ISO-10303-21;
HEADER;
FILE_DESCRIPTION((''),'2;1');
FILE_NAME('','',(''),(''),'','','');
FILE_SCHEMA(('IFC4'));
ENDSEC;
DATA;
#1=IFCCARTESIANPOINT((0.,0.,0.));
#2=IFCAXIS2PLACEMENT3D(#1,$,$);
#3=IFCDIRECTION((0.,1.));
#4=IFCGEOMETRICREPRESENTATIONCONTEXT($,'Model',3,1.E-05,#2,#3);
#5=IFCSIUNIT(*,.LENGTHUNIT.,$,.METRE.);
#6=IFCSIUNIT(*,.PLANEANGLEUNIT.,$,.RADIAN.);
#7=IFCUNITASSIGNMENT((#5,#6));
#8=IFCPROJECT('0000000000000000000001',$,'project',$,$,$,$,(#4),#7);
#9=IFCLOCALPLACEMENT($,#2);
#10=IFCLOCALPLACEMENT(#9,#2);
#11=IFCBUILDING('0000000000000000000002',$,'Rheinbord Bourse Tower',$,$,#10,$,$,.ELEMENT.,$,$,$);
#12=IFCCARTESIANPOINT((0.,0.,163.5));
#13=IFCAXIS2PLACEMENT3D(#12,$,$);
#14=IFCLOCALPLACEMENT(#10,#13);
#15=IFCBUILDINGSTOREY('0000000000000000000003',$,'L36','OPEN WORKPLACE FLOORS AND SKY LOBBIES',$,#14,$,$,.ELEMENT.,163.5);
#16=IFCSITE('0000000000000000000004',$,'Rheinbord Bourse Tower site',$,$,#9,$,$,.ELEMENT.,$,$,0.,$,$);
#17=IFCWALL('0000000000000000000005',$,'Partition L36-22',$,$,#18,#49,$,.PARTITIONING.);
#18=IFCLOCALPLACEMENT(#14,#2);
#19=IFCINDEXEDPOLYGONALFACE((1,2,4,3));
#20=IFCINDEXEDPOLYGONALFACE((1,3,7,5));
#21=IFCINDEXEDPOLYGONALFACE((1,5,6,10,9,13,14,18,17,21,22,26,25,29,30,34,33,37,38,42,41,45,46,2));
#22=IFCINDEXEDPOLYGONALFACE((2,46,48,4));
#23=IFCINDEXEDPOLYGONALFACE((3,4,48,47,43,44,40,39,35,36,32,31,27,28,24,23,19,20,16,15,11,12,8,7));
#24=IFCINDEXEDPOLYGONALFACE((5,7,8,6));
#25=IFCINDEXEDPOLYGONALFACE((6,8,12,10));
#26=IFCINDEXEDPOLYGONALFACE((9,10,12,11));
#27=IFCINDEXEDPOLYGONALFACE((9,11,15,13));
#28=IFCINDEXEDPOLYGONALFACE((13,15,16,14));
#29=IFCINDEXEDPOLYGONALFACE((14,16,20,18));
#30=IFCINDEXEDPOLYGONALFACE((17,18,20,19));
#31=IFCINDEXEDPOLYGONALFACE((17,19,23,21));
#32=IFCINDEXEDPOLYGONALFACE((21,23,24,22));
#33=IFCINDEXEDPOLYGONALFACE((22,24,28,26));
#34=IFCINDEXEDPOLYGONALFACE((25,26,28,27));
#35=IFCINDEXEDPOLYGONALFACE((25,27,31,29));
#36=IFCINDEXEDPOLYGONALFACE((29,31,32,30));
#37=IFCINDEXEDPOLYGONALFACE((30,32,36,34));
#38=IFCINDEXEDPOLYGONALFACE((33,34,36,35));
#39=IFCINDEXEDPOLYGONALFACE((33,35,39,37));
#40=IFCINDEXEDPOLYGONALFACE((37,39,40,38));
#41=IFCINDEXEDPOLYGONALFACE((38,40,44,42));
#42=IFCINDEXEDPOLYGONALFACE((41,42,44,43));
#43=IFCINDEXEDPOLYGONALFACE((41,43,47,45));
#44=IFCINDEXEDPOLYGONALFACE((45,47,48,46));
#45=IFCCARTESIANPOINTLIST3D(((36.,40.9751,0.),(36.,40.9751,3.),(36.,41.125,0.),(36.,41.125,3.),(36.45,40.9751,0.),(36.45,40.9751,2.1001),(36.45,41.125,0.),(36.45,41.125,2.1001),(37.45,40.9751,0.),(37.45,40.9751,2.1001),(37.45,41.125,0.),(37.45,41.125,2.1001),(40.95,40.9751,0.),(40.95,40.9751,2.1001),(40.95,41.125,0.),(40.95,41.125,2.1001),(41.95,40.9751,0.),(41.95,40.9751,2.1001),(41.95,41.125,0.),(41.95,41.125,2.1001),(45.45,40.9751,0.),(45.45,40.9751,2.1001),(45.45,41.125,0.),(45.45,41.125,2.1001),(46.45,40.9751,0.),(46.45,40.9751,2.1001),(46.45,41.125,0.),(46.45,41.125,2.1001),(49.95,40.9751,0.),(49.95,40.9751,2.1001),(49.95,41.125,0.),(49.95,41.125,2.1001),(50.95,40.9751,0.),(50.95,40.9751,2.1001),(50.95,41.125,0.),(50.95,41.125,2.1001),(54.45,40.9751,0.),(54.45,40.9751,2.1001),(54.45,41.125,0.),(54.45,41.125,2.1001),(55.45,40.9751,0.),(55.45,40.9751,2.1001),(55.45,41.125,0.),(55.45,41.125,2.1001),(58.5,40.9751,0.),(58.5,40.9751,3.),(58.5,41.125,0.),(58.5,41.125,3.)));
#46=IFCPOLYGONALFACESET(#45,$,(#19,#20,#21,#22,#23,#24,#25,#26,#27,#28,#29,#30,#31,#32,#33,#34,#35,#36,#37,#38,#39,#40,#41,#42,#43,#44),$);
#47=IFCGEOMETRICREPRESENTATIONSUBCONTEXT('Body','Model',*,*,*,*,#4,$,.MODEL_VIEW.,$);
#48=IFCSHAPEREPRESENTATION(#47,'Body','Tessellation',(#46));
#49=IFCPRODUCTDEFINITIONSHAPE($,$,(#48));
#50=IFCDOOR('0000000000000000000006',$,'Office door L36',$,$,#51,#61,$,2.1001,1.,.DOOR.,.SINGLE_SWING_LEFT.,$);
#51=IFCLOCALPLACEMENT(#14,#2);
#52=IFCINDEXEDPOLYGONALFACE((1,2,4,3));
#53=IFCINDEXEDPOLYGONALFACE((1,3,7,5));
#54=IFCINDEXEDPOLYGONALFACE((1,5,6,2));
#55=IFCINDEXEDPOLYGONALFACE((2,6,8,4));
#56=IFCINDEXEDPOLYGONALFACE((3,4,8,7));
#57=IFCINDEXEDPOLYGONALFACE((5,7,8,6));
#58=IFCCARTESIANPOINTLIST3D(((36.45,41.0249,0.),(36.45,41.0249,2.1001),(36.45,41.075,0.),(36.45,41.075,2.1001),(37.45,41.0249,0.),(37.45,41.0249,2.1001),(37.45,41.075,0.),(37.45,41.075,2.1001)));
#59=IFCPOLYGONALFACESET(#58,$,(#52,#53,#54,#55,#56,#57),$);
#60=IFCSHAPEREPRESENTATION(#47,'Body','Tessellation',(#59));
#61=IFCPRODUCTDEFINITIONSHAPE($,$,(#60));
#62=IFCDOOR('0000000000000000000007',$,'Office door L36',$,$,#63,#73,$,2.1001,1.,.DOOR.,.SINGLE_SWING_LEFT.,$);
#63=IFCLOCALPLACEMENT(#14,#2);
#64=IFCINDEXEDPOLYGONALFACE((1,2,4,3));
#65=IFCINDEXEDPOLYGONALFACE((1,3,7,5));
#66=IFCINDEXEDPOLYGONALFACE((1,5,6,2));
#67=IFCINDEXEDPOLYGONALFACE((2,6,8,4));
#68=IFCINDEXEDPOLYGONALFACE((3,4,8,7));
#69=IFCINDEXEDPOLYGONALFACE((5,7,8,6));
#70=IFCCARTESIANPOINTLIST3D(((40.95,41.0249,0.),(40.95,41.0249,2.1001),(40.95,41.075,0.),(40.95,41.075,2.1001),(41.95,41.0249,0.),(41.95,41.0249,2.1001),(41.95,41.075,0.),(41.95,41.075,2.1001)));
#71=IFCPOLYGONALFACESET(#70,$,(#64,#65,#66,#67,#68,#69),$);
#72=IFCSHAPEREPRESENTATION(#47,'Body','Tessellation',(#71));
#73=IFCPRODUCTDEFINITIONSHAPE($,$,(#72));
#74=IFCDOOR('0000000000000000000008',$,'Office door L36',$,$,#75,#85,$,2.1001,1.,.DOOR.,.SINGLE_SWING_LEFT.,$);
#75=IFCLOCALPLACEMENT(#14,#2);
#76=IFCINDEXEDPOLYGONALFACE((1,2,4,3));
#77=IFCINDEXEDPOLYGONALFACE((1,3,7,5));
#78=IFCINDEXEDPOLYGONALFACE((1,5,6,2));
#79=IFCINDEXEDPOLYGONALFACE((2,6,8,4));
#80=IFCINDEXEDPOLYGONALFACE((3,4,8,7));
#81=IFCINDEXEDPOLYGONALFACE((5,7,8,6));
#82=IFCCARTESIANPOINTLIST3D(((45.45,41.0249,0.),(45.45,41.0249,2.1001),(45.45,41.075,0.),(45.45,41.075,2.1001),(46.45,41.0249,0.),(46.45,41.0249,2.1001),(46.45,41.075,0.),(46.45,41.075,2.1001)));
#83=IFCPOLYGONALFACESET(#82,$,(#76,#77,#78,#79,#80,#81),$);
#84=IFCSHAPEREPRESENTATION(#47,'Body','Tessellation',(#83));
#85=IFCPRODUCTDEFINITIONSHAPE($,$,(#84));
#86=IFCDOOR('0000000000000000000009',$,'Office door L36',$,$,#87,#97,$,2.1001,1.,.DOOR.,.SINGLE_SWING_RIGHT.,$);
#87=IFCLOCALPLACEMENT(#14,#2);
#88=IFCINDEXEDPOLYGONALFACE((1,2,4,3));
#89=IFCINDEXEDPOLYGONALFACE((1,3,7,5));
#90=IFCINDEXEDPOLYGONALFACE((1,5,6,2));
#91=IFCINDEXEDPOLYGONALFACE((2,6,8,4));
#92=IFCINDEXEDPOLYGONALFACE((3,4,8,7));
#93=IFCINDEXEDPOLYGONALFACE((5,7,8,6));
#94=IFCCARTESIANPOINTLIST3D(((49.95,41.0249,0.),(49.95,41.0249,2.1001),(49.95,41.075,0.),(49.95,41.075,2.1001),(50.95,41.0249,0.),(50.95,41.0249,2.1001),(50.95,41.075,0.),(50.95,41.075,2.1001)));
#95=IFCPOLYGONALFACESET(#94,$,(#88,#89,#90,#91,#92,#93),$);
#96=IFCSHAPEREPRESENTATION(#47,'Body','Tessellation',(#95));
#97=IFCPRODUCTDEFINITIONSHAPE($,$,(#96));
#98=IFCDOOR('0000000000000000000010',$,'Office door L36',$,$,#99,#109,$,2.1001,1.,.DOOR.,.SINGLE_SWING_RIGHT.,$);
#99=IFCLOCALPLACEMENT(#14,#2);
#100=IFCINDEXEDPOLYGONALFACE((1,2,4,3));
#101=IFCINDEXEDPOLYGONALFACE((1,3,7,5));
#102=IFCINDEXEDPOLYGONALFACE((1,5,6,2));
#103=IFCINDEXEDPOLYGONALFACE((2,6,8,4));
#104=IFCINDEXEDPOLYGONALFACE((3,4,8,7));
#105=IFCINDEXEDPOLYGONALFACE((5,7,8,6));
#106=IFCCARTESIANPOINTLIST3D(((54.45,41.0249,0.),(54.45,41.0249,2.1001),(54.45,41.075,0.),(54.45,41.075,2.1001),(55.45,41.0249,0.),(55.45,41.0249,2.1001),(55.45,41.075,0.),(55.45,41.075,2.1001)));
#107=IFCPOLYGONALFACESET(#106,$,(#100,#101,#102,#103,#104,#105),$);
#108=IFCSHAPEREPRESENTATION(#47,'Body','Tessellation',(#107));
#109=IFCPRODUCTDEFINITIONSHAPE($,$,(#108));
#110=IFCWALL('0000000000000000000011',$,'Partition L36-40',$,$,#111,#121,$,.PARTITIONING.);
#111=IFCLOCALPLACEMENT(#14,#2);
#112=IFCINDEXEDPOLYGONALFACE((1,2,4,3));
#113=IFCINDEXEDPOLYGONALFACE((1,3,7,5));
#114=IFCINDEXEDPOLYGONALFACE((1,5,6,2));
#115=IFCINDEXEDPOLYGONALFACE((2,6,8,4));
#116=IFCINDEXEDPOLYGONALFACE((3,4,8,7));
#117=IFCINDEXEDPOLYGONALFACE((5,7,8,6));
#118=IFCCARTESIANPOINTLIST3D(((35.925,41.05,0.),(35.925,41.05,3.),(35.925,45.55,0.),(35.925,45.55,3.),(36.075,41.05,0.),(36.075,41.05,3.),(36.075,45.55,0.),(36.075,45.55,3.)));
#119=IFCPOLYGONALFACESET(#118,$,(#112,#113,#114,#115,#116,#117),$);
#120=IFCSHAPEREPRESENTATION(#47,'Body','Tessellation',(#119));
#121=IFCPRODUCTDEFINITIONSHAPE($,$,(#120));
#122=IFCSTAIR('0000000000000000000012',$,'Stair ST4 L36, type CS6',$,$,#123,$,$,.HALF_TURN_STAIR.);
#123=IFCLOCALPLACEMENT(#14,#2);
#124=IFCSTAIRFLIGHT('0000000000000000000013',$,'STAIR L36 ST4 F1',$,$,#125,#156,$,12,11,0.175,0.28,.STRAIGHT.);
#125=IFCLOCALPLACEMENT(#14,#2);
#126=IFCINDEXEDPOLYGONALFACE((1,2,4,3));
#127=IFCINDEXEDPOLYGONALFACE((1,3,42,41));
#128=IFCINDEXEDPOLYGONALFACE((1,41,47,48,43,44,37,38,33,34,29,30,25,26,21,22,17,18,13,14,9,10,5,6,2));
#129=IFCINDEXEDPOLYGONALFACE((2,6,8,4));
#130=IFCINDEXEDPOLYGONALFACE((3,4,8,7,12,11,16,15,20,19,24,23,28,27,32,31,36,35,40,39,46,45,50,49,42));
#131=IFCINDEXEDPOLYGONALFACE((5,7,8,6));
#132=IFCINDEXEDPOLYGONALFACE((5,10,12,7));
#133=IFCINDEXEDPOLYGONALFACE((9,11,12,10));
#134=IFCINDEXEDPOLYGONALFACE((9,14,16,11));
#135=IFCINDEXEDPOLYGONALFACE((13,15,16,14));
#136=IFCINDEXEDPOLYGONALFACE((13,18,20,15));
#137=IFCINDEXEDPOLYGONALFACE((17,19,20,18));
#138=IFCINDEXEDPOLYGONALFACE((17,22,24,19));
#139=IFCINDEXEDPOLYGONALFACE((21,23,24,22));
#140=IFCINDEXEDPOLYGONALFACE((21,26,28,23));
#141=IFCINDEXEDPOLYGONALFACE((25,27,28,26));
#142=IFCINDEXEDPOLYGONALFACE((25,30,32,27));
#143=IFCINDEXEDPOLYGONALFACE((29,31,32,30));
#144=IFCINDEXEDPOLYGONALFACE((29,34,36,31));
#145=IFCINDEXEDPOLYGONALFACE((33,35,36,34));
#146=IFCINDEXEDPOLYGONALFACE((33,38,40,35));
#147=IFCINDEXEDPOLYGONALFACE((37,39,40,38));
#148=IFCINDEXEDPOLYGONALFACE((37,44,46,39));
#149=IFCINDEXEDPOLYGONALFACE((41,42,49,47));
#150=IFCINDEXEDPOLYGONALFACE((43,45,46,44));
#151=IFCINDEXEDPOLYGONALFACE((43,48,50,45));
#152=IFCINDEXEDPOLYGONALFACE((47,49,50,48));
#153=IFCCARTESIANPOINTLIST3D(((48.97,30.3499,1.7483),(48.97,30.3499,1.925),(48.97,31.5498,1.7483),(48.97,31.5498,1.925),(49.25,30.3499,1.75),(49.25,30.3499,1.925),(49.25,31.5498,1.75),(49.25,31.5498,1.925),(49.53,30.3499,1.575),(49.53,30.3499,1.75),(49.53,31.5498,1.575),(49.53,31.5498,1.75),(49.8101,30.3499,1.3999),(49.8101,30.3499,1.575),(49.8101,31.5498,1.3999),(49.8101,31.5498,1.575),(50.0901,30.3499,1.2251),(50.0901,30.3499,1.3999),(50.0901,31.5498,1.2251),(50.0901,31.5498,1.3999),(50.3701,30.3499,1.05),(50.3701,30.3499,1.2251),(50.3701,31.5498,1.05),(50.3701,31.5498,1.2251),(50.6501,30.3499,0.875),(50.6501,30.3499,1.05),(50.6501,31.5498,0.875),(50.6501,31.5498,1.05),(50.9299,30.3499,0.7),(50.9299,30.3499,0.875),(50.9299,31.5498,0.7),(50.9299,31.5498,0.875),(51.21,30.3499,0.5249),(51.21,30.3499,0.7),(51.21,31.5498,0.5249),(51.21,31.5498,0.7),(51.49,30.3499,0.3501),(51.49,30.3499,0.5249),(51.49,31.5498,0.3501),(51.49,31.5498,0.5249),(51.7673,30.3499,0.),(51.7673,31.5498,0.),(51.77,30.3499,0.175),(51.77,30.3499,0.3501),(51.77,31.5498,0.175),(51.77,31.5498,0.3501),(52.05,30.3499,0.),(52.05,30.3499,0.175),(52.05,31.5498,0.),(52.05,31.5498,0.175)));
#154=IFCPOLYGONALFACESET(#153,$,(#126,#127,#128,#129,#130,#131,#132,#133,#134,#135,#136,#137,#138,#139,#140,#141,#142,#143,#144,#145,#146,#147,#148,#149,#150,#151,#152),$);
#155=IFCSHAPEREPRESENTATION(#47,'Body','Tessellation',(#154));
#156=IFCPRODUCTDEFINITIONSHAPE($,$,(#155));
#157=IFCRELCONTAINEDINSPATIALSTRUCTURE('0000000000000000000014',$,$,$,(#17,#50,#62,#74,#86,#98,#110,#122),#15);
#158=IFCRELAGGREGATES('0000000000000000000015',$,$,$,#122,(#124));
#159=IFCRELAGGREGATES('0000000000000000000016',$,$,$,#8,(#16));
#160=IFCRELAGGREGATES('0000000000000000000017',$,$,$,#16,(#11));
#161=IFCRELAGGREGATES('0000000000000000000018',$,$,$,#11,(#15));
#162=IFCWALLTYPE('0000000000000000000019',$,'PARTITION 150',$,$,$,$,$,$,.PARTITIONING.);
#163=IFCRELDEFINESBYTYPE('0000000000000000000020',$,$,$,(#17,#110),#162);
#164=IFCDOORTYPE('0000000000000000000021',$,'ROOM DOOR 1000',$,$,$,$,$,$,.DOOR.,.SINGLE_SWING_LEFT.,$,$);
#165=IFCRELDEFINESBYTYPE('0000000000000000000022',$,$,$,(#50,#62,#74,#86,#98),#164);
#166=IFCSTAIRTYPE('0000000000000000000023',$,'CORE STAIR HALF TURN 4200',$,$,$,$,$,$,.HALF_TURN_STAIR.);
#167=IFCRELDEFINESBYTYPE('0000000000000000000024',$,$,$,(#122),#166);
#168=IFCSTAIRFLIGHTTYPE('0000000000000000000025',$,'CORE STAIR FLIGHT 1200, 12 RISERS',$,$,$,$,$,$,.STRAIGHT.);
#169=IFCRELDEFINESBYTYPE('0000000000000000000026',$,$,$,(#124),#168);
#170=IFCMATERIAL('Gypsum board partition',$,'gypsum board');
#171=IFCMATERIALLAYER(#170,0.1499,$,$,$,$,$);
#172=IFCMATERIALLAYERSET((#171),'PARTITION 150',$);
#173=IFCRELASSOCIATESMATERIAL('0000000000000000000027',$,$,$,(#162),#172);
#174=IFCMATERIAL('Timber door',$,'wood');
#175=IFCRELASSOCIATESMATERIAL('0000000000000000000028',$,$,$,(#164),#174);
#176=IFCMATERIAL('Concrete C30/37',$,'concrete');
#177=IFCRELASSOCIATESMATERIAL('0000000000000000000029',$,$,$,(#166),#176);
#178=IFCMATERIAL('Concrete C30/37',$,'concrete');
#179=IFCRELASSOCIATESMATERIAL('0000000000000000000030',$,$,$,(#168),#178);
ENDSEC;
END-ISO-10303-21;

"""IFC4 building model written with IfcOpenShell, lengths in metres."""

from ifc_helpers import new_model, si_unit, direction, frame, frame_2d, origin, place, context, subcontext, project, spatial, polyline, rectangle, outline, extrude, material, layer, layer_set, type_object, element, fill, aggregate, save


model = new_model("IFC4")

# Units and contexts
model_context = context("Model", 3, precision=1e-05, world=origin(), true_north=direction((0.0, 1.0)))
body_context = subcontext(model_context, "Body", "Model", "MODEL_VIEW")
ifc_project = project(units=[si_unit("LENGTHUNIT", "METRE"), si_unit("PLANEANGLEUNIT", "RADIAN")], contexts=[model_context])

# Site, building, storey
site_placement = place(None, origin())
site = spatial("IfcSite", under=ifc_project, at=site_placement, Name="Rheinbord Bourse Tower site", CompositionType="ELEMENT", RefElevation=0.0)
building_placement = place(site_placement, origin())
building = spatial("IfcBuilding", under=site, at=building_placement, Name="Rheinbord Bourse Tower", CompositionType="ELEMENT")
storey_placement = place(building_placement, frame((0.0, 0.0, 163.5)))
storey = spatial("IfcBuildingStorey", under=building, at=storey_placement, Name="L36", Description="OPEN WORKPLACE FLOORS AND SKY LOBBIES", CompositionType="ELEMENT", Elevation=163.5)

# Wall, openings, doors
ifc_material_1 = material(Name="Gypsum board partition", Category="gypsum board")
ifc_layer_1 = layer(ifc_material_1, 0.1499)
ifc_layer_set_1 = layer_set([ifc_layer_1], Name="PARTITION 150")
wall_type_1 = type_object("IfcWallType", Name="PARTITION 150", PredefinedType="PARTITIONING", material=ifc_layer_set_1)
wall_1_placement = place(storey_placement, frame((36.0, 41.05, 0.0), z_axis=(0.0, 0.0, 1.0), x_axis=(1.0, 0.0, 0.0)))
wall_1 = element("IfcWall", 1, at=wall_1_placement, inside=storey, type_object=wall_type_1, Name="Partition L36-22", PredefinedType="PARTITIONING", context=body_context, shape_type="SweptSolid", body=[
    extrude(rectangle(XDim=22.5, YDim=0.1499, at=frame_2d((11.25, 0.0))), origin(), (0.0, 0.0, 1.0), 3.0),
])
opening_1_placement = place(wall_1_placement, frame((0.45, 0.0, 0.0)))
opening_1 = element("IfcOpeningElement", 2, at=opening_1_placement, cuts=wall_1, PredefinedType="OPENING", context=body_context, shape_type="SweptSolid", body=[
    extrude(rectangle(XDim=1.0, YDim=2.1001, at=frame_2d((0.5, 1.05))), frame((0.0, 0.085, 0.0), z_axis=(0.0, -1.0, 0.0), x_axis=(1.0, 0.0, 0.0)), (0.0, 0.0, 1.0), 0.1699),
])
opening_2_placement = place(wall_1_placement, frame((4.95, 0.0, 0.0)))
opening_2 = element("IfcOpeningElement", 3, at=opening_2_placement, cuts=wall_1, PredefinedType="OPENING", context=body_context, shape_type="SweptSolid", body=[
    extrude(rectangle(XDim=1.0, YDim=2.1001, at=frame_2d((0.5, 1.05))), frame((0.0, 0.085, 0.0), z_axis=(0.0, -1.0, 0.0), x_axis=(1.0, 0.0, 0.0)), (0.0, 0.0, 1.0), 0.1699),
])
opening_3_placement = place(wall_1_placement, frame((9.45, 0.0, 0.0)))
opening_3 = element("IfcOpeningElement", 4, at=opening_3_placement, cuts=wall_1, PredefinedType="OPENING", context=body_context, shape_type="SweptSolid", body=[
    extrude(rectangle(XDim=1.0, YDim=2.1001, at=frame_2d((0.5, 1.05))), frame((0.0, 0.085, 0.0), z_axis=(0.0, -1.0, 0.0), x_axis=(1.0, 0.0, 0.0)), (0.0, 0.0, 1.0), 0.1699),
])
opening_4_placement = place(wall_1_placement, frame((13.95, 0.0, 0.0)))
opening_4 = element("IfcOpeningElement", 5, at=opening_4_placement, cuts=wall_1, PredefinedType="OPENING", context=body_context, shape_type="SweptSolid", body=[
    extrude(rectangle(XDim=1.0, YDim=2.1001, at=frame_2d((0.5, 1.05))), frame((0.0, 0.085, 0.0), z_axis=(0.0, -1.0, 0.0), x_axis=(1.0, 0.0, 0.0)), (0.0, 0.0, 1.0), 0.1699),
])
opening_5_placement = place(wall_1_placement, frame((18.45, 0.0, 0.0)))
opening_5 = element("IfcOpeningElement", 6, at=opening_5_placement, cuts=wall_1, PredefinedType="OPENING", context=body_context, shape_type="SweptSolid", body=[
    extrude(rectangle(XDim=1.0, YDim=2.1001, at=frame_2d((0.5, 1.05))), frame((0.0, 0.085, 0.0), z_axis=(0.0, -1.0, 0.0), x_axis=(1.0, 0.0, 0.0)), (0.0, 0.0, 1.0), 0.1699),
])
ifc_material_2 = material(Name="Timber door", Category="wood")
door_type_1 = type_object("IfcDoorType", Name="ROOM DOOR 1000", OperationType="SINGLE_SWING_LEFT", PredefinedType="DOOR", material=ifc_material_2)
door_1_placement = place(opening_1_placement, origin())
door_1 = element("IfcDoor", 7, at=door_1_placement, inside=storey, type_object=door_type_1, Name="Office door L36", OperationType="SINGLE_SWING_LEFT", OverallHeight=2.1001, OverallWidth=1.0, PredefinedType="DOOR", context=body_context, shape_type="SweptSolid", body=[
    extrude(rectangle(XDim=1.0, YDim=2.1001, at=frame_2d((0.5, 1.05))), frame((0.0, 0.0249, 0.0), z_axis=(0.0, -1.0, 0.0), x_axis=(1.0, 0.0, 0.0)), (0.0, 0.0, 1.0), 0.05),
])
fill(opening_1, door_1)
door_2_placement = place(opening_2_placement, origin())
door_2 = element("IfcDoor", 8, at=door_2_placement, inside=storey, type_object=door_type_1, Name="Office door L36", OperationType="SINGLE_SWING_LEFT", OverallHeight=2.1001, OverallWidth=1.0, PredefinedType="DOOR", context=body_context, shape_type="SweptSolid", body=[
    extrude(rectangle(XDim=1.0, YDim=2.1001, at=frame_2d((0.5, 1.05))), frame((0.0, 0.0249, 0.0), z_axis=(0.0, -1.0, 0.0), x_axis=(1.0, 0.0, 0.0)), (0.0, 0.0, 1.0), 0.05),
])
fill(opening_2, door_2)
door_3_placement = place(opening_3_placement, origin())
door_3 = element("IfcDoor", 9, at=door_3_placement, inside=storey, type_object=door_type_1, Name="Office door L36", OperationType="SINGLE_SWING_LEFT", OverallHeight=2.1001, OverallWidth=1.0, PredefinedType="DOOR", context=body_context, shape_type="SweptSolid", body=[
    extrude(rectangle(XDim=1.0, YDim=2.1001, at=frame_2d((0.5, 1.05))), frame((0.0, 0.0249, 0.0), z_axis=(0.0, -1.0, 0.0), x_axis=(1.0, 0.0, 0.0)), (0.0, 0.0, 1.0), 0.05),
])
fill(opening_3, door_3)
door_4_placement = place(opening_4_placement, origin())
door_4 = element("IfcDoor", 10, at=door_4_placement, inside=storey, type_object=door_type_1, Name="Office door L36", OperationType="SINGLE_SWING_RIGHT", OverallHeight=2.1001, OverallWidth=1.0, PredefinedType="DOOR", context=body_context, shape_type="SweptSolid", body=[
    extrude(rectangle(XDim=1.0, YDim=2.1001, at=frame_2d((0.5, 1.05))), frame((0.0, 0.0249, 0.0), z_axis=(0.0, -1.0, 0.0), x_axis=(1.0, 0.0, 0.0)), (0.0, 0.0, 1.0), 0.05),
])
fill(opening_4, door_4)
door_5_placement = place(opening_5_placement, origin())
door_5 = element("IfcDoor", 11, at=door_5_placement, inside=storey, type_object=door_type_1, Name="Office door L36", OperationType="SINGLE_SWING_RIGHT", OverallHeight=2.1001, OverallWidth=1.0, PredefinedType="DOOR", context=body_context, shape_type="SweptSolid", body=[
    extrude(rectangle(XDim=1.0, YDim=2.1001, at=frame_2d((0.5, 1.05))), frame((0.0, 0.0249, 0.0), z_axis=(0.0, -1.0, 0.0), x_axis=(1.0, 0.0, 0.0)), (0.0, 0.0, 1.0), 0.05),
])
fill(opening_5, door_5)

# Wall
wall_2_placement = place(storey_placement, frame((36.0, 41.05, 0.0), z_axis=(0.0, 0.0, 1.0), x_axis=(0.0, 1.0, 0.0)))
element("IfcWall", 12, at=wall_2_placement, inside=storey, type_object=wall_type_1, Name="Partition L36-40", PredefinedType="PARTITIONING", context=body_context, shape_type="SweptSolid", body=[
    extrude(rectangle(XDim=4.5, YDim=0.1499, at=frame_2d((2.25, 0.0))), origin(), (0.0, 0.0, 1.0), 3.0),
])

# Stair, stair flight
ifc_material_3 = material(Name="Concrete C30/37", Category="concrete")
stair_type = type_object("IfcStairType", Name="CORE STAIR HALF TURN 4200", PredefinedType="HALF_TURN_STAIR", material=ifc_material_3)
stair_placement = place(storey_placement, origin())
stair = element("IfcStair", 13, at=stair_placement, inside=storey, type_object=stair_type, Name="Stair ST4 L36, type CS6", PredefinedType="HALF_TURN_STAIR")
ifc_material_4 = material(Name="Concrete C30/37", Category="concrete")
stair_flight_type = type_object("IfcStairFlightType", Name="CORE STAIR FLIGHT 1200, 12 RISERS", PredefinedType="STRAIGHT", material=ifc_material_4)
stair_flight_1_placement = place(storey_placement, frame((52.05, 30.95, 0.0), z_axis=(0.0, 0.0, 1.0), x_axis=(-1.0, 0.0, 0.0)))
stair_flight_1 = element("IfcStairFlight", 14, at=stair_flight_1_placement, type_object=stair_flight_type, Name="STAIR L36 ST4 F1", NumberOfRisers=12, NumberOfTreads=11, PredefinedType="STRAIGHT", RiserHeight=0.175, TreadLength=0.28, context=body_context, shape_type="SweptSolid", body=[
    extrude(outline(polyline([(0.0, 0.0), (0.0, 0.175), (0.28, 0.175), (0.28, 0.3501), (0.5601, 0.3501), (0.5601, 0.5249), (0.8401, 0.5249), (0.8401, 0.7), (1.1201, 0.7), (1.1201, 0.875), (1.3999, 0.875), (1.3999, 1.05), (1.6799, 1.05), (1.6799, 1.2251), (1.96, 1.2251), (1.96, 1.3999), (2.24, 1.3999), (2.24, 1.575), (2.52, 1.575), (2.52, 1.75), (2.8, 1.75), (2.8, 1.925), (3.0801, 1.925), (3.0801, 2.1001), (3.0801, 1.7483), (0.2827, 0.0), (0.0, 0.0)])), frame((0.0, 0.6001, 0.0), z_axis=(0.0, -1.0, 0.0), x_axis=(1.0, 0.0, 0.0)), (0.0, 0.0, 1.0), 1.2),
])
aggregate(stair, [stair_flight_1])

save(model, "model.ifc")
